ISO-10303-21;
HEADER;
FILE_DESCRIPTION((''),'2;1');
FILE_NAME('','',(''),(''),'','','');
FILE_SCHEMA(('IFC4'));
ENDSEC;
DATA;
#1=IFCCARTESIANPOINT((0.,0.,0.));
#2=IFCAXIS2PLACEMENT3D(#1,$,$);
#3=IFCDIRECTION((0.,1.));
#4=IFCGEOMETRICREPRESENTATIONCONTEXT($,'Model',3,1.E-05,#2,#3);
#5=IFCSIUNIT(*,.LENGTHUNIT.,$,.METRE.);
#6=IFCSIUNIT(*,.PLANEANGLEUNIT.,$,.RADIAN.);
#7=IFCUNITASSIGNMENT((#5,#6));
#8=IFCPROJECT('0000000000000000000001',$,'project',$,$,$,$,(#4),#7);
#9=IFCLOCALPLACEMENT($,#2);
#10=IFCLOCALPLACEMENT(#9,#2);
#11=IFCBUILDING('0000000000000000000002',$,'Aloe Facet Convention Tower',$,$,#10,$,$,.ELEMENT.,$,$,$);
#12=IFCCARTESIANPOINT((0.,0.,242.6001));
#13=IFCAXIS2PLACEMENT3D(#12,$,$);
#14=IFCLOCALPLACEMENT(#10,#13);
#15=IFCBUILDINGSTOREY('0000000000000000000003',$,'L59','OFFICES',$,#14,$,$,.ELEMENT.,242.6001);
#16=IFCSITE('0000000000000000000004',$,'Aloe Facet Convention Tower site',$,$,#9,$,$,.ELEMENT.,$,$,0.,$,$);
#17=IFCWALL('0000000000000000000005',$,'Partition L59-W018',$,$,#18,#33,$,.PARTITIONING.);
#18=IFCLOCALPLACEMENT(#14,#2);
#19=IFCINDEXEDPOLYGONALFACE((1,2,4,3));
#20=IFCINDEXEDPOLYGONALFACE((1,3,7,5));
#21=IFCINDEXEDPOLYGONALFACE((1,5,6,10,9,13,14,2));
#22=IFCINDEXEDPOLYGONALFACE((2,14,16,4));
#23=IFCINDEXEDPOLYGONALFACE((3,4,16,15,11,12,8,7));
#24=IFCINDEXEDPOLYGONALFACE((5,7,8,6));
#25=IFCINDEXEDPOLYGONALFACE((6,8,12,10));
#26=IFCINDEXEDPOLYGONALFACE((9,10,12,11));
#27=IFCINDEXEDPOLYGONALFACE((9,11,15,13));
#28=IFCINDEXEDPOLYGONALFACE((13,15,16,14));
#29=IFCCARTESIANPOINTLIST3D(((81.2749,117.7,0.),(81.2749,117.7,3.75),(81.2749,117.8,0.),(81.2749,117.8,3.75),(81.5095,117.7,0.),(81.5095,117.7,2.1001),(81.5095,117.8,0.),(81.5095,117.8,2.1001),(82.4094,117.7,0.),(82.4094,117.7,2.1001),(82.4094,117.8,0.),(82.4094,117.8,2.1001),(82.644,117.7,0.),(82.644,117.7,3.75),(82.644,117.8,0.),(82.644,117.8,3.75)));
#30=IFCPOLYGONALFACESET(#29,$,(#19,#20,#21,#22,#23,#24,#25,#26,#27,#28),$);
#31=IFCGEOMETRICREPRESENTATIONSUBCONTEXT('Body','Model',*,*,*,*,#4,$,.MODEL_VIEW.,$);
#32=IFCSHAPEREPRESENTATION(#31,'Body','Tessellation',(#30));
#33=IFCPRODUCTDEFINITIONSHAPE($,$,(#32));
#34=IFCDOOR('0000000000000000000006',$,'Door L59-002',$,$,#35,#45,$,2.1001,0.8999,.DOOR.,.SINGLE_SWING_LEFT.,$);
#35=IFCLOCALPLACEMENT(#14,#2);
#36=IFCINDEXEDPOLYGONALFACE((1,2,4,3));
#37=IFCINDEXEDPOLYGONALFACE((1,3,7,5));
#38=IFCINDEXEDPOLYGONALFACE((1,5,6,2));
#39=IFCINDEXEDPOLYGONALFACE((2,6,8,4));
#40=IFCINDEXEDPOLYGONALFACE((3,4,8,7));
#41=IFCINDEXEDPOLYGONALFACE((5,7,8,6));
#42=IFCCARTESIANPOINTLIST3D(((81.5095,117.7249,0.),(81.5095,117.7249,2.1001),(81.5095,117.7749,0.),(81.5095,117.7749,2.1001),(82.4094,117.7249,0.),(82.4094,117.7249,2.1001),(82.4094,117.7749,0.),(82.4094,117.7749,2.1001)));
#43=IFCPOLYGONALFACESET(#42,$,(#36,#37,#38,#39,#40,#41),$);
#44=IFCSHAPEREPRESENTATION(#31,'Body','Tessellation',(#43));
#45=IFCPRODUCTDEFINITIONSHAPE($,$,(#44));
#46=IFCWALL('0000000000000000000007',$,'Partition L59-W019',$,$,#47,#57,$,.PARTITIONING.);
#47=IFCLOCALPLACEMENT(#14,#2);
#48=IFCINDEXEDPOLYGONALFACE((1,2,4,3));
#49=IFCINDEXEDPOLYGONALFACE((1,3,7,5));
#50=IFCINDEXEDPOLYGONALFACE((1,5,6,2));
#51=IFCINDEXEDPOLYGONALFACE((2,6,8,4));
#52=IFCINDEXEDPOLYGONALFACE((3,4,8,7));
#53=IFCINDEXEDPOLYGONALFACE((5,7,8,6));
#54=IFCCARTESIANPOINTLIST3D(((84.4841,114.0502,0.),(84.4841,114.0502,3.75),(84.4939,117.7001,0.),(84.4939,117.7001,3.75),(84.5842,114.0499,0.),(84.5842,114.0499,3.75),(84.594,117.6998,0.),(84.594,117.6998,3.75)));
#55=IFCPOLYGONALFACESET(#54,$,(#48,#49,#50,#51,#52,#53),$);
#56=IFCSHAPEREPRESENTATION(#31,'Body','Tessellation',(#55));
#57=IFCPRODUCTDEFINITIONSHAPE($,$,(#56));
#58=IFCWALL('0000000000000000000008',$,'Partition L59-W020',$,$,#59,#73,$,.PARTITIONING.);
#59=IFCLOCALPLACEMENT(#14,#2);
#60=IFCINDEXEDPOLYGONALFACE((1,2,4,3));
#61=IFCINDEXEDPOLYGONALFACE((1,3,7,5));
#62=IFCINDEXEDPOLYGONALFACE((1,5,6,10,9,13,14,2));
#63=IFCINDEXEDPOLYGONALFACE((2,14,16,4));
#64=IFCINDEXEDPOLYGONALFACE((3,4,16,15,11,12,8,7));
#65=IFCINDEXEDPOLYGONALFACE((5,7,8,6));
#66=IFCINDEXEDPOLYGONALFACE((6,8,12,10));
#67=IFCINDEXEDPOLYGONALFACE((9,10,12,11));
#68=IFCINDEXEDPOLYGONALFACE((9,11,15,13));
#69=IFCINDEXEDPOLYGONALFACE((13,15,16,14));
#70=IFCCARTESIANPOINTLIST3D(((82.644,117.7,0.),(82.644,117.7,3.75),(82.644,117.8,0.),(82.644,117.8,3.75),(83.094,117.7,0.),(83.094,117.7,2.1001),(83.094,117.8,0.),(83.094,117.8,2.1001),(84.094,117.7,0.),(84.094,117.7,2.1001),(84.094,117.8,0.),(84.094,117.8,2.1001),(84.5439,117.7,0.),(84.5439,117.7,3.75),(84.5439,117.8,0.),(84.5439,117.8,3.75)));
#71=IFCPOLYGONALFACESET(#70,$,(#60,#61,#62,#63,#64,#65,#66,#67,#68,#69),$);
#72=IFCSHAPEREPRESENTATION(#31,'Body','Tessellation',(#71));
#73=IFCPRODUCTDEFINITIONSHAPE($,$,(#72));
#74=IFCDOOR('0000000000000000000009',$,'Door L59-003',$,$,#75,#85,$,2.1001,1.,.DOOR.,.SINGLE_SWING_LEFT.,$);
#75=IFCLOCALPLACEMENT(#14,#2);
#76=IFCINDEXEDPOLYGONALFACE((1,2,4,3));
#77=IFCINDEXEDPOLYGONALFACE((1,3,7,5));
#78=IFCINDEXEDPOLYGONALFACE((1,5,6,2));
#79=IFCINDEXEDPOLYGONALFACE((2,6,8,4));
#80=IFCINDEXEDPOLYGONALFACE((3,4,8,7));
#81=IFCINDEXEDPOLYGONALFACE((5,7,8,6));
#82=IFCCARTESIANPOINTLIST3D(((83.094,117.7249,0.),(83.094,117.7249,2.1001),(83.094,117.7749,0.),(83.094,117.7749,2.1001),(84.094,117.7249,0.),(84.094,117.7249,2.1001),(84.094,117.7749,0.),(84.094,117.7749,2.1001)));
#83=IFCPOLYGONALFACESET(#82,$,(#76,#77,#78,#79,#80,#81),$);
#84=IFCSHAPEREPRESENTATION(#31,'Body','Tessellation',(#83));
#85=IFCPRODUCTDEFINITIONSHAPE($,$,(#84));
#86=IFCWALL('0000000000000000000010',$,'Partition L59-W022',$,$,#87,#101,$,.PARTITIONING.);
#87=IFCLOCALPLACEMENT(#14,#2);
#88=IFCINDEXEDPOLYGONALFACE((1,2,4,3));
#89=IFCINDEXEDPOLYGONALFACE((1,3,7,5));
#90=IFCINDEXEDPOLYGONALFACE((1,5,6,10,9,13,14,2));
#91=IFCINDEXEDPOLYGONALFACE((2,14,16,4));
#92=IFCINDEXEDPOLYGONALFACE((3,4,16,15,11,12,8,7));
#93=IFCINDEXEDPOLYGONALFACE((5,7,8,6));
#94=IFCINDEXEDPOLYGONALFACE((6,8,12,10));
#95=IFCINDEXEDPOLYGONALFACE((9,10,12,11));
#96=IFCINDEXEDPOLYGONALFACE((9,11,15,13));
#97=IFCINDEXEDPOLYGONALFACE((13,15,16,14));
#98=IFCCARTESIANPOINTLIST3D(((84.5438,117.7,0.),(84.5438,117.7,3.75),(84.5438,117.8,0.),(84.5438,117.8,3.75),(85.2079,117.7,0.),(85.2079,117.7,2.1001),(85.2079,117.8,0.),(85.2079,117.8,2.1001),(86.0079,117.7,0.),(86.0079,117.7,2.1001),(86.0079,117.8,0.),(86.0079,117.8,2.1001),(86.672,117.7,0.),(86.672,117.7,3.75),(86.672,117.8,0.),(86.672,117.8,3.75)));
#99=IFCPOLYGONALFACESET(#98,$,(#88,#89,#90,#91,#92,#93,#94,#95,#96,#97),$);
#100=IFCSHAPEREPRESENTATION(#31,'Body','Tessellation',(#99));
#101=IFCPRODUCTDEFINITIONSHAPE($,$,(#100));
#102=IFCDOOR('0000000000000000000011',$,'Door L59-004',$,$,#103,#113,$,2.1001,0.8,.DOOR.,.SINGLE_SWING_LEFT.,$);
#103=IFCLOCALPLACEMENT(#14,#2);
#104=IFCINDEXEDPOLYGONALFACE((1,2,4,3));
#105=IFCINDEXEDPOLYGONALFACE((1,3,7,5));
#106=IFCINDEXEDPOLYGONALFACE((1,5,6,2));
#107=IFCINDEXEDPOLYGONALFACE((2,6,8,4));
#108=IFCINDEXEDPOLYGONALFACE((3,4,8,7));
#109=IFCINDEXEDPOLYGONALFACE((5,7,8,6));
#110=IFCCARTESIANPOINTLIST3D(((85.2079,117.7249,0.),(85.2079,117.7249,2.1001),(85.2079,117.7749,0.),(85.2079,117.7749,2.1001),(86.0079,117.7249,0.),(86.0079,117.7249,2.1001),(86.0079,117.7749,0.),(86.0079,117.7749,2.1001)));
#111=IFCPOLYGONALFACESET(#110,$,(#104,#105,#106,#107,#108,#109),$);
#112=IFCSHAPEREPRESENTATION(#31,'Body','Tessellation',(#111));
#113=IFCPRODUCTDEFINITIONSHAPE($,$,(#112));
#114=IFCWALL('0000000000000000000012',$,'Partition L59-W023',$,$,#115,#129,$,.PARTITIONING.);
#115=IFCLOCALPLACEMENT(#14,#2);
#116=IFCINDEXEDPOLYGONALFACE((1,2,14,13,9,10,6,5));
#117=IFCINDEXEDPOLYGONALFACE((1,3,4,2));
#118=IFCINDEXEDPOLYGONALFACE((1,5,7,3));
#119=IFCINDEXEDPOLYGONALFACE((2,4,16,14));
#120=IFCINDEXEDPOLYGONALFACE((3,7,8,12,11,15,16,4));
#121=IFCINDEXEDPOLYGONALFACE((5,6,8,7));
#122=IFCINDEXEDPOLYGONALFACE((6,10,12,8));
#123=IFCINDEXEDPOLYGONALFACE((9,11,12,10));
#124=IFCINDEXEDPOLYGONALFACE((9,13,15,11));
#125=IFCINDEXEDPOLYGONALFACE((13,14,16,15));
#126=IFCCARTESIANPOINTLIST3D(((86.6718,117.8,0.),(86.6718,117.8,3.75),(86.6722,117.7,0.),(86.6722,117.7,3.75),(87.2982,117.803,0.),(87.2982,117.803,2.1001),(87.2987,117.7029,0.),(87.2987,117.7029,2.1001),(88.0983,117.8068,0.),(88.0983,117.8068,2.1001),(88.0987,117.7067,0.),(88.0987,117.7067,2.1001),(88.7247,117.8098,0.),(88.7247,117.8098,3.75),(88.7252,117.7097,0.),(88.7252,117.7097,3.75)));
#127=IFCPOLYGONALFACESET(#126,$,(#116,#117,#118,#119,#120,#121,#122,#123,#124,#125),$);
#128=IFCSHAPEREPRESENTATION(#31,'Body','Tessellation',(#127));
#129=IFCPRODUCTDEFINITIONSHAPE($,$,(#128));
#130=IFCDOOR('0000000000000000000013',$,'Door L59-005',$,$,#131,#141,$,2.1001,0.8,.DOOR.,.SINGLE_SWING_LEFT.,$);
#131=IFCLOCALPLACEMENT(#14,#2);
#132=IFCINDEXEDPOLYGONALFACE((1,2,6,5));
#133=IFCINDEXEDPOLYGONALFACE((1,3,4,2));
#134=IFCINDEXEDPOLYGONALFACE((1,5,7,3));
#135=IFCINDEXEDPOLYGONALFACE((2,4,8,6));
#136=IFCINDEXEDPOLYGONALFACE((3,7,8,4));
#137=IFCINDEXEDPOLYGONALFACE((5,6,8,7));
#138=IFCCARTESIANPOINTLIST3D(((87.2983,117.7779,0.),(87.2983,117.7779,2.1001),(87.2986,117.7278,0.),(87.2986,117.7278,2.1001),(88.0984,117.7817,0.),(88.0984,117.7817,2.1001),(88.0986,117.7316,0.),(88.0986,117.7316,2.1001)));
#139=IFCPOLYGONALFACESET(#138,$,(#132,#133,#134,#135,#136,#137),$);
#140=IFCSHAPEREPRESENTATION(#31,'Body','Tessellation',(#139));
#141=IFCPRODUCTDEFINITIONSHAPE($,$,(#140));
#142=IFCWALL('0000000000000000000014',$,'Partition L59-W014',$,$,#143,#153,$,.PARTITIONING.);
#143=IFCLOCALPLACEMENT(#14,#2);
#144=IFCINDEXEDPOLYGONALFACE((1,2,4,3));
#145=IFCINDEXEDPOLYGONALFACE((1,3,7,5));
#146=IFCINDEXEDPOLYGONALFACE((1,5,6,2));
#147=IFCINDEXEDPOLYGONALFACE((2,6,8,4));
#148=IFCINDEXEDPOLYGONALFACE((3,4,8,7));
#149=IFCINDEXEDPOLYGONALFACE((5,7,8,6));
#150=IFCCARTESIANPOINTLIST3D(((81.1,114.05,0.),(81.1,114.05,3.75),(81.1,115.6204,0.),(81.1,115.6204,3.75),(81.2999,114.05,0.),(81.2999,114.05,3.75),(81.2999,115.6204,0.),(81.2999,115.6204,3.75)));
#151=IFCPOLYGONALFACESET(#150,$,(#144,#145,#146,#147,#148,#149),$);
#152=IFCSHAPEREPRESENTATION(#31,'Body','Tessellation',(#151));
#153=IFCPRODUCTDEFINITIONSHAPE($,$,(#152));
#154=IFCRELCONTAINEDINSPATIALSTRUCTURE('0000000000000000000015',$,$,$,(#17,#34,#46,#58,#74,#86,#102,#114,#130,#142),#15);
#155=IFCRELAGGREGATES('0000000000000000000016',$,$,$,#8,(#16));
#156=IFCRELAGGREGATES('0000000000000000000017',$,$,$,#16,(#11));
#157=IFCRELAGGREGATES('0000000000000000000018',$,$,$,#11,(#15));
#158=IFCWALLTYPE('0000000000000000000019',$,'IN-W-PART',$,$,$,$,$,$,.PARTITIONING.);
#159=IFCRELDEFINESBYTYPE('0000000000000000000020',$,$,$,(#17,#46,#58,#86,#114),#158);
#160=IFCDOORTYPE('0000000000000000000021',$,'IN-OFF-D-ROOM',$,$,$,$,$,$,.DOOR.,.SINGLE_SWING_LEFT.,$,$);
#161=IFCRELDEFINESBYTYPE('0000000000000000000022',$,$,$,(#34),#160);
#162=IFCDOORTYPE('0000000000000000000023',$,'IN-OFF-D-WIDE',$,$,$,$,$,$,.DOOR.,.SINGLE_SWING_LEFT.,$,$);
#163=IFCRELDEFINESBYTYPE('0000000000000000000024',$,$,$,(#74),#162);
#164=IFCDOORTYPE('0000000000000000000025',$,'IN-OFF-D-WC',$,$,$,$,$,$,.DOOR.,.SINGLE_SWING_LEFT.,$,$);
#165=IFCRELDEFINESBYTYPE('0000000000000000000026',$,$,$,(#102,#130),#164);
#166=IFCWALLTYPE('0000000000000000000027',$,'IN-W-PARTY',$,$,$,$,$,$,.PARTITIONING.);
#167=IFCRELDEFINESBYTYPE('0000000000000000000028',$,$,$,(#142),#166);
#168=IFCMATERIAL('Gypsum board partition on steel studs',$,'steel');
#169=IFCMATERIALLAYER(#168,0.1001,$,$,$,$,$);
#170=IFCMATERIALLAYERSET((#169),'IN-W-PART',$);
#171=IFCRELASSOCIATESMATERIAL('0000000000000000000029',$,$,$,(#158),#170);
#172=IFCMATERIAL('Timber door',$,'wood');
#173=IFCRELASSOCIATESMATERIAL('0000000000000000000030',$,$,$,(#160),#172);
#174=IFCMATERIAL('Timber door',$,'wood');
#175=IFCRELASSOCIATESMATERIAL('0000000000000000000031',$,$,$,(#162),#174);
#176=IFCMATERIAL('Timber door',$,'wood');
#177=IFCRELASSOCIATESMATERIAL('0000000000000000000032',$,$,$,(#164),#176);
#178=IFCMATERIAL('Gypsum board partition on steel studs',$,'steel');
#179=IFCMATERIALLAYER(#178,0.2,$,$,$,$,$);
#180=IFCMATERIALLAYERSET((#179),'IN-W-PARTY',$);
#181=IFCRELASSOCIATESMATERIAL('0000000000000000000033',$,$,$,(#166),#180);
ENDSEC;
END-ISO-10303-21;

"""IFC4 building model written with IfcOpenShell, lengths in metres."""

from ifc_helpers import new_model, si_unit, direction, frame, frame_2d, origin, place, context, subcontext, project, spatial, rectangle, extrude, material, layer, layer_set, type_object, element, fill, save


model = new_model("IFC4")

# Units and contexts
model_context = context("Model", 3, precision=1e-05, world=origin(), true_north=direction((0.0, 1.0)))
body_context = subcontext(model_context, "Body", "Model", "MODEL_VIEW")
ifc_project = project(units=[si_unit("LENGTHUNIT", "METRE"), si_unit("PLANEANGLEUNIT", "RADIAN")], contexts=[model_context])

# Site, building, storey
site_placement = place(None, origin())
site = spatial("IfcSite", under=ifc_project, at=site_placement, Name="Aloe Facet Convention Tower site", CompositionType="ELEMENT", RefElevation=0.0)
building_placement = place(site_placement, origin())
building = spatial("IfcBuilding", under=site, at=building_placement, Name="Aloe Facet Convention Tower", CompositionType="ELEMENT")
storey_placement = place(building_placement, frame((0.0, 0.0, 242.6001)))
storey = spatial("IfcBuildingStorey", under=building, at=storey_placement, Name="L59", Description="OFFICES", CompositionType="ELEMENT", Elevation=242.6001)

# Shared definitions
ifc_material_1 = material(Name="Gypsum board partition on steel studs", Category="steel")
ifc_layer_1 = layer(ifc_material_1, 0.1001)
ifc_layer_set_1 = layer_set([ifc_layer_1], Name="IN-W-PART")
wall_type_1 = type_object("IfcWallType", Name="IN-W-PART", PredefinedType="PARTITIONING", material=ifc_layer_set_1)

# Wall, opening, door
wall_1_placement = place(storey_placement, frame((81.2749, 117.75, 0.0), z_axis=(0.0, 0.0, 1.0), x_axis=(1.0, 0.0, 0.0)))
wall_1 = element("IfcWall", 1, at=wall_1_placement, inside=storey, type_object=wall_type_1, Name="Partition L59-W018", PredefinedType="PARTITIONING", context=body_context, shape_type="SweptSolid", body=[
    extrude(rectangle(XDim=1.3691, YDim=0.1001, at=frame_2d((0.6846, 0.0))), origin(), (0.0, 0.0, 1.0), 3.75),
])
opening_1_placement = place(wall_1_placement, frame((0.2346, 0.0, 0.0)))
opening_1 = element("IfcOpeningElement", 2, at=opening_1_placement, cuts=wall_1, PredefinedType="OPENING", context=body_context, shape_type="SweptSolid", body=[
    extrude(rectangle(XDim=0.8999, YDim=2.1001, at=frame_2d((0.45, 1.05))), frame((0.0, 0.0601, 0.0), z_axis=(0.0, -1.0, 0.0), x_axis=(1.0, 0.0, 0.0)), (0.0, 0.0, 1.0), 0.1201),
])
ifc_material_2 = material(Name="Timber door", Category="wood")
door_type_1 = type_object("IfcDoorType", Name="IN-OFF-D-ROOM", OperationType="SINGLE_SWING_LEFT", PredefinedType="DOOR", material=ifc_material_2)
door_1_placement = place(opening_1_placement, origin())
door_1 = element("IfcDoor", 3, at=door_1_placement, inside=storey, type_object=door_type_1, Name="Door L59-002", OperationType="SINGLE_SWING_LEFT", OverallHeight=2.1001, OverallWidth=0.8999, PredefinedType="DOOR", context=body_context, shape_type="SweptSolid", body=[
    extrude(rectangle(XDim=0.8999, YDim=2.1001, at=frame_2d((0.45, 1.05))), frame((0.0, 0.0249, 0.0), z_axis=(0.0, -1.0, 0.0), x_axis=(1.0, 0.0, 0.0)), (0.0, 0.0, 1.0), 0.05),
])
fill(opening_1, door_1)

# Wall
wall_2_placement = place(storey_placement, frame((84.5342, 114.05, 0.0), z_axis=(0.0, 0.0, 1.0), x_axis=(0.002676, 0.999996, 0.0)))
element("IfcWall", 4, at=wall_2_placement, inside=storey, type_object=wall_type_1, Name="Partition L59-W019", PredefinedType="PARTITIONING", context=body_context, shape_type="SweptSolid", body=[
    extrude(rectangle(XDim=3.6499, YDim=0.1001, at=frame_2d((1.825, 0.0))), origin(), (0.0, 0.0, 1.0), 3.75),
])

# Walls, openings, doors
wall_3_placement = place(storey_placement, frame((82.644, 117.75, 0.0), z_axis=(0.0, 0.0, 1.0), x_axis=(1.0, 0.0, 0.0)))
wall_3 = element("IfcWall", 5, at=wall_3_placement, inside=storey, type_object=wall_type_1, Name="Partition L59-W020", PredefinedType="PARTITIONING", context=body_context, shape_type="SweptSolid", body=[
    extrude(rectangle(XDim=1.8999, YDim=0.1001, at=frame_2d((0.95, 0.0))), origin(), (0.0, 0.0, 1.0), 3.75),
])
opening_2_placement = place(wall_3_placement, frame((0.45, 0.0, 0.0)))
opening_2 = element("IfcOpeningElement", 6, at=opening_2_placement, cuts=wall_3, PredefinedType="OPENING", context=body_context, shape_type="SweptSolid", body=[
    extrude(rectangle(XDim=1.0, YDim=2.1001, at=frame_2d((0.5, 1.05))), frame((0.0, 0.0601, 0.0), z_axis=(0.0, -1.0, 0.0), x_axis=(1.0, 0.0, 0.0)), (0.0, 0.0, 1.0), 0.1201),
])
ifc_material_3 = material(Name="Timber door", Category="wood")
door_type_2 = type_object("IfcDoorType", Name="IN-OFF-D-WIDE", OperationType="SINGLE_SWING_LEFT", PredefinedType="DOOR", material=ifc_material_3)
door_2_placement = place(opening_2_placement, origin())
door_2 = element("IfcDoor", 7, at=door_2_placement, inside=storey, type_object=door_type_2, Name="Door L59-003", OperationType="SINGLE_SWING_LEFT", OverallHeight=2.1001, OverallWidth=1.0, PredefinedType="DOOR", context=body_context, shape_type="SweptSolid", body=[
    extrude(rectangle(XDim=1.0, YDim=2.1001, at=frame_2d((0.5, 1.05))), frame((0.0, 0.0249, 0.0), z_axis=(0.0, -1.0, 0.0), x_axis=(1.0, 0.0, 0.0)), (0.0, 0.0, 1.0), 0.05),
])
fill(opening_2, door_2)
wall_4_placement = place(storey_placement, frame((84.5439, 117.75, 0.0), z_axis=(0.0, 0.0, 1.0), x_axis=(1.0, 0.0, 0.0)))
wall_4 = element("IfcWall", 8, at=wall_4_placement, inside=storey, type_object=wall_type_1, Name="Partition L59-W022", PredefinedType="PARTITIONING", context=body_context, shape_type="SweptSolid", body=[
    extrude(rectangle(XDim=2.1282, YDim=0.1001, at=frame_2d((1.064, 0.0))), origin(), (0.0, 0.0, 1.0), 3.75),
])
opening_3_placement = place(wall_4_placement, frame((0.6641, 0.0, 0.0)))
opening_3 = element("IfcOpeningElement", 9, at=opening_3_placement, cuts=wall_4, PredefinedType="OPENING", context=body_context, shape_type="SweptSolid", body=[
    extrude(rectangle(XDim=0.8, YDim=2.1001, at=frame_2d((0.3999, 1.05))), frame((0.0, 0.0601, 0.0), z_axis=(0.0, -1.0, 0.0), x_axis=(1.0, 0.0, 0.0)), (0.0, 0.0, 1.0), 0.1201),
])
ifc_material_4 = material(Name="Timber door", Category="wood")
door_type_3 = type_object("IfcDoorType", Name="IN-OFF-D-WC", OperationType="SINGLE_SWING_LEFT", PredefinedType="DOOR", material=ifc_material_4)
door_3_placement = place(opening_3_placement, origin())
door_3 = element("IfcDoor", 10, at=door_3_placement, inside=storey, type_object=door_type_3, Name="Door L59-004", OperationType="SINGLE_SWING_LEFT", OverallHeight=2.1001, OverallWidth=0.8, PredefinedType="DOOR", context=body_context, shape_type="SweptSolid", body=[
    extrude(rectangle(XDim=0.8, YDim=2.1001, at=frame_2d((0.3999, 1.05))), frame((0.0, 0.0249, 0.0), z_axis=(0.0, -1.0, 0.0), x_axis=(1.0, 0.0, 0.0)), (0.0, 0.0, 1.0), 0.05),
])
fill(opening_3, door_3)
wall_5_placement = place(storey_placement, frame((86.6721, 117.75, 0.0), z_axis=(0.0, 0.0, 1.0), x_axis=(0.999989, 0.004757, 0.0)))
wall_5 = element("IfcWall", 11, at=wall_5_placement, inside=storey, type_object=wall_type_1, Name="Partition L59-W023", PredefinedType="PARTITIONING", context=body_context, shape_type="SweptSolid", body=[
    extrude(rectangle(XDim=2.053, YDim=0.1001, at=frame_2d((1.0264, 0.0))), origin(), (0.0, 0.0, 1.0), 3.75),
])
opening_4_placement = place(wall_5_placement, frame((0.6265, 0.0, 0.0)))
opening_4 = element("IfcOpeningElement", 12, at=opening_4_placement, cuts=wall_5, PredefinedType="OPENING", context=body_context, shape_type="SweptSolid", body=[
    extrude(rectangle(XDim=0.8, YDim=2.1001, at=frame_2d((0.3999, 1.05))), frame((0.0, 0.0601, 0.0), z_axis=(0.0, -1.0, 0.0), x_axis=(1.0, 0.0, 0.0)), (0.0, 0.0, 1.0), 0.1201),
])
door_4_placement = place(opening_4_placement, origin())
door_4 = element("IfcDoor", 13, at=door_4_placement, inside=storey, type_object=door_type_3, Name="Door L59-005", OperationType="SINGLE_SWING_LEFT", OverallHeight=2.1001, OverallWidth=0.8, PredefinedType="DOOR", context=body_context, shape_type="SweptSolid", body=[
    extrude(rectangle(XDim=0.8, YDim=2.1001, at=frame_2d((0.3999, 1.05))), frame((0.0, 0.0249, 0.0), z_axis=(0.0, -1.0, 0.0), x_axis=(1.0, 0.0, 0.0)), (0.0, 0.0, 1.0), 0.05),
])
fill(opening_4, door_4)

# Wall
ifc_material_5 = material(Name="Gypsum board partition on steel studs", Category="steel")
ifc_layer_2 = layer(ifc_material_5, 0.2)
ifc_layer_set_2 = layer_set([ifc_layer_2], Name="IN-W-PARTY")
wall_type_2 = type_object("IfcWallType", Name="IN-W-PARTY", PredefinedType="PARTITIONING", material=ifc_layer_set_2)
wall_6_placement = place(storey_placement, frame((81.2, 114.05, 0.0), z_axis=(0.0, 0.0, 1.0), x_axis=(0.0, 1.0, 0.0)))
element("IfcWall", 14, at=wall_6_placement, inside=storey, type_object=wall_type_2, Name="Partition L59-W014", PredefinedType="PARTITIONING", context=body_context, shape_type="SweptSolid", body=[
    extrude(rectangle(XDim=1.5703, YDim=0.2, at=frame_2d((0.7852, 0.0))), origin(), (0.0, 0.0, 1.0), 3.75),
])

save(model, "model.ifc")
